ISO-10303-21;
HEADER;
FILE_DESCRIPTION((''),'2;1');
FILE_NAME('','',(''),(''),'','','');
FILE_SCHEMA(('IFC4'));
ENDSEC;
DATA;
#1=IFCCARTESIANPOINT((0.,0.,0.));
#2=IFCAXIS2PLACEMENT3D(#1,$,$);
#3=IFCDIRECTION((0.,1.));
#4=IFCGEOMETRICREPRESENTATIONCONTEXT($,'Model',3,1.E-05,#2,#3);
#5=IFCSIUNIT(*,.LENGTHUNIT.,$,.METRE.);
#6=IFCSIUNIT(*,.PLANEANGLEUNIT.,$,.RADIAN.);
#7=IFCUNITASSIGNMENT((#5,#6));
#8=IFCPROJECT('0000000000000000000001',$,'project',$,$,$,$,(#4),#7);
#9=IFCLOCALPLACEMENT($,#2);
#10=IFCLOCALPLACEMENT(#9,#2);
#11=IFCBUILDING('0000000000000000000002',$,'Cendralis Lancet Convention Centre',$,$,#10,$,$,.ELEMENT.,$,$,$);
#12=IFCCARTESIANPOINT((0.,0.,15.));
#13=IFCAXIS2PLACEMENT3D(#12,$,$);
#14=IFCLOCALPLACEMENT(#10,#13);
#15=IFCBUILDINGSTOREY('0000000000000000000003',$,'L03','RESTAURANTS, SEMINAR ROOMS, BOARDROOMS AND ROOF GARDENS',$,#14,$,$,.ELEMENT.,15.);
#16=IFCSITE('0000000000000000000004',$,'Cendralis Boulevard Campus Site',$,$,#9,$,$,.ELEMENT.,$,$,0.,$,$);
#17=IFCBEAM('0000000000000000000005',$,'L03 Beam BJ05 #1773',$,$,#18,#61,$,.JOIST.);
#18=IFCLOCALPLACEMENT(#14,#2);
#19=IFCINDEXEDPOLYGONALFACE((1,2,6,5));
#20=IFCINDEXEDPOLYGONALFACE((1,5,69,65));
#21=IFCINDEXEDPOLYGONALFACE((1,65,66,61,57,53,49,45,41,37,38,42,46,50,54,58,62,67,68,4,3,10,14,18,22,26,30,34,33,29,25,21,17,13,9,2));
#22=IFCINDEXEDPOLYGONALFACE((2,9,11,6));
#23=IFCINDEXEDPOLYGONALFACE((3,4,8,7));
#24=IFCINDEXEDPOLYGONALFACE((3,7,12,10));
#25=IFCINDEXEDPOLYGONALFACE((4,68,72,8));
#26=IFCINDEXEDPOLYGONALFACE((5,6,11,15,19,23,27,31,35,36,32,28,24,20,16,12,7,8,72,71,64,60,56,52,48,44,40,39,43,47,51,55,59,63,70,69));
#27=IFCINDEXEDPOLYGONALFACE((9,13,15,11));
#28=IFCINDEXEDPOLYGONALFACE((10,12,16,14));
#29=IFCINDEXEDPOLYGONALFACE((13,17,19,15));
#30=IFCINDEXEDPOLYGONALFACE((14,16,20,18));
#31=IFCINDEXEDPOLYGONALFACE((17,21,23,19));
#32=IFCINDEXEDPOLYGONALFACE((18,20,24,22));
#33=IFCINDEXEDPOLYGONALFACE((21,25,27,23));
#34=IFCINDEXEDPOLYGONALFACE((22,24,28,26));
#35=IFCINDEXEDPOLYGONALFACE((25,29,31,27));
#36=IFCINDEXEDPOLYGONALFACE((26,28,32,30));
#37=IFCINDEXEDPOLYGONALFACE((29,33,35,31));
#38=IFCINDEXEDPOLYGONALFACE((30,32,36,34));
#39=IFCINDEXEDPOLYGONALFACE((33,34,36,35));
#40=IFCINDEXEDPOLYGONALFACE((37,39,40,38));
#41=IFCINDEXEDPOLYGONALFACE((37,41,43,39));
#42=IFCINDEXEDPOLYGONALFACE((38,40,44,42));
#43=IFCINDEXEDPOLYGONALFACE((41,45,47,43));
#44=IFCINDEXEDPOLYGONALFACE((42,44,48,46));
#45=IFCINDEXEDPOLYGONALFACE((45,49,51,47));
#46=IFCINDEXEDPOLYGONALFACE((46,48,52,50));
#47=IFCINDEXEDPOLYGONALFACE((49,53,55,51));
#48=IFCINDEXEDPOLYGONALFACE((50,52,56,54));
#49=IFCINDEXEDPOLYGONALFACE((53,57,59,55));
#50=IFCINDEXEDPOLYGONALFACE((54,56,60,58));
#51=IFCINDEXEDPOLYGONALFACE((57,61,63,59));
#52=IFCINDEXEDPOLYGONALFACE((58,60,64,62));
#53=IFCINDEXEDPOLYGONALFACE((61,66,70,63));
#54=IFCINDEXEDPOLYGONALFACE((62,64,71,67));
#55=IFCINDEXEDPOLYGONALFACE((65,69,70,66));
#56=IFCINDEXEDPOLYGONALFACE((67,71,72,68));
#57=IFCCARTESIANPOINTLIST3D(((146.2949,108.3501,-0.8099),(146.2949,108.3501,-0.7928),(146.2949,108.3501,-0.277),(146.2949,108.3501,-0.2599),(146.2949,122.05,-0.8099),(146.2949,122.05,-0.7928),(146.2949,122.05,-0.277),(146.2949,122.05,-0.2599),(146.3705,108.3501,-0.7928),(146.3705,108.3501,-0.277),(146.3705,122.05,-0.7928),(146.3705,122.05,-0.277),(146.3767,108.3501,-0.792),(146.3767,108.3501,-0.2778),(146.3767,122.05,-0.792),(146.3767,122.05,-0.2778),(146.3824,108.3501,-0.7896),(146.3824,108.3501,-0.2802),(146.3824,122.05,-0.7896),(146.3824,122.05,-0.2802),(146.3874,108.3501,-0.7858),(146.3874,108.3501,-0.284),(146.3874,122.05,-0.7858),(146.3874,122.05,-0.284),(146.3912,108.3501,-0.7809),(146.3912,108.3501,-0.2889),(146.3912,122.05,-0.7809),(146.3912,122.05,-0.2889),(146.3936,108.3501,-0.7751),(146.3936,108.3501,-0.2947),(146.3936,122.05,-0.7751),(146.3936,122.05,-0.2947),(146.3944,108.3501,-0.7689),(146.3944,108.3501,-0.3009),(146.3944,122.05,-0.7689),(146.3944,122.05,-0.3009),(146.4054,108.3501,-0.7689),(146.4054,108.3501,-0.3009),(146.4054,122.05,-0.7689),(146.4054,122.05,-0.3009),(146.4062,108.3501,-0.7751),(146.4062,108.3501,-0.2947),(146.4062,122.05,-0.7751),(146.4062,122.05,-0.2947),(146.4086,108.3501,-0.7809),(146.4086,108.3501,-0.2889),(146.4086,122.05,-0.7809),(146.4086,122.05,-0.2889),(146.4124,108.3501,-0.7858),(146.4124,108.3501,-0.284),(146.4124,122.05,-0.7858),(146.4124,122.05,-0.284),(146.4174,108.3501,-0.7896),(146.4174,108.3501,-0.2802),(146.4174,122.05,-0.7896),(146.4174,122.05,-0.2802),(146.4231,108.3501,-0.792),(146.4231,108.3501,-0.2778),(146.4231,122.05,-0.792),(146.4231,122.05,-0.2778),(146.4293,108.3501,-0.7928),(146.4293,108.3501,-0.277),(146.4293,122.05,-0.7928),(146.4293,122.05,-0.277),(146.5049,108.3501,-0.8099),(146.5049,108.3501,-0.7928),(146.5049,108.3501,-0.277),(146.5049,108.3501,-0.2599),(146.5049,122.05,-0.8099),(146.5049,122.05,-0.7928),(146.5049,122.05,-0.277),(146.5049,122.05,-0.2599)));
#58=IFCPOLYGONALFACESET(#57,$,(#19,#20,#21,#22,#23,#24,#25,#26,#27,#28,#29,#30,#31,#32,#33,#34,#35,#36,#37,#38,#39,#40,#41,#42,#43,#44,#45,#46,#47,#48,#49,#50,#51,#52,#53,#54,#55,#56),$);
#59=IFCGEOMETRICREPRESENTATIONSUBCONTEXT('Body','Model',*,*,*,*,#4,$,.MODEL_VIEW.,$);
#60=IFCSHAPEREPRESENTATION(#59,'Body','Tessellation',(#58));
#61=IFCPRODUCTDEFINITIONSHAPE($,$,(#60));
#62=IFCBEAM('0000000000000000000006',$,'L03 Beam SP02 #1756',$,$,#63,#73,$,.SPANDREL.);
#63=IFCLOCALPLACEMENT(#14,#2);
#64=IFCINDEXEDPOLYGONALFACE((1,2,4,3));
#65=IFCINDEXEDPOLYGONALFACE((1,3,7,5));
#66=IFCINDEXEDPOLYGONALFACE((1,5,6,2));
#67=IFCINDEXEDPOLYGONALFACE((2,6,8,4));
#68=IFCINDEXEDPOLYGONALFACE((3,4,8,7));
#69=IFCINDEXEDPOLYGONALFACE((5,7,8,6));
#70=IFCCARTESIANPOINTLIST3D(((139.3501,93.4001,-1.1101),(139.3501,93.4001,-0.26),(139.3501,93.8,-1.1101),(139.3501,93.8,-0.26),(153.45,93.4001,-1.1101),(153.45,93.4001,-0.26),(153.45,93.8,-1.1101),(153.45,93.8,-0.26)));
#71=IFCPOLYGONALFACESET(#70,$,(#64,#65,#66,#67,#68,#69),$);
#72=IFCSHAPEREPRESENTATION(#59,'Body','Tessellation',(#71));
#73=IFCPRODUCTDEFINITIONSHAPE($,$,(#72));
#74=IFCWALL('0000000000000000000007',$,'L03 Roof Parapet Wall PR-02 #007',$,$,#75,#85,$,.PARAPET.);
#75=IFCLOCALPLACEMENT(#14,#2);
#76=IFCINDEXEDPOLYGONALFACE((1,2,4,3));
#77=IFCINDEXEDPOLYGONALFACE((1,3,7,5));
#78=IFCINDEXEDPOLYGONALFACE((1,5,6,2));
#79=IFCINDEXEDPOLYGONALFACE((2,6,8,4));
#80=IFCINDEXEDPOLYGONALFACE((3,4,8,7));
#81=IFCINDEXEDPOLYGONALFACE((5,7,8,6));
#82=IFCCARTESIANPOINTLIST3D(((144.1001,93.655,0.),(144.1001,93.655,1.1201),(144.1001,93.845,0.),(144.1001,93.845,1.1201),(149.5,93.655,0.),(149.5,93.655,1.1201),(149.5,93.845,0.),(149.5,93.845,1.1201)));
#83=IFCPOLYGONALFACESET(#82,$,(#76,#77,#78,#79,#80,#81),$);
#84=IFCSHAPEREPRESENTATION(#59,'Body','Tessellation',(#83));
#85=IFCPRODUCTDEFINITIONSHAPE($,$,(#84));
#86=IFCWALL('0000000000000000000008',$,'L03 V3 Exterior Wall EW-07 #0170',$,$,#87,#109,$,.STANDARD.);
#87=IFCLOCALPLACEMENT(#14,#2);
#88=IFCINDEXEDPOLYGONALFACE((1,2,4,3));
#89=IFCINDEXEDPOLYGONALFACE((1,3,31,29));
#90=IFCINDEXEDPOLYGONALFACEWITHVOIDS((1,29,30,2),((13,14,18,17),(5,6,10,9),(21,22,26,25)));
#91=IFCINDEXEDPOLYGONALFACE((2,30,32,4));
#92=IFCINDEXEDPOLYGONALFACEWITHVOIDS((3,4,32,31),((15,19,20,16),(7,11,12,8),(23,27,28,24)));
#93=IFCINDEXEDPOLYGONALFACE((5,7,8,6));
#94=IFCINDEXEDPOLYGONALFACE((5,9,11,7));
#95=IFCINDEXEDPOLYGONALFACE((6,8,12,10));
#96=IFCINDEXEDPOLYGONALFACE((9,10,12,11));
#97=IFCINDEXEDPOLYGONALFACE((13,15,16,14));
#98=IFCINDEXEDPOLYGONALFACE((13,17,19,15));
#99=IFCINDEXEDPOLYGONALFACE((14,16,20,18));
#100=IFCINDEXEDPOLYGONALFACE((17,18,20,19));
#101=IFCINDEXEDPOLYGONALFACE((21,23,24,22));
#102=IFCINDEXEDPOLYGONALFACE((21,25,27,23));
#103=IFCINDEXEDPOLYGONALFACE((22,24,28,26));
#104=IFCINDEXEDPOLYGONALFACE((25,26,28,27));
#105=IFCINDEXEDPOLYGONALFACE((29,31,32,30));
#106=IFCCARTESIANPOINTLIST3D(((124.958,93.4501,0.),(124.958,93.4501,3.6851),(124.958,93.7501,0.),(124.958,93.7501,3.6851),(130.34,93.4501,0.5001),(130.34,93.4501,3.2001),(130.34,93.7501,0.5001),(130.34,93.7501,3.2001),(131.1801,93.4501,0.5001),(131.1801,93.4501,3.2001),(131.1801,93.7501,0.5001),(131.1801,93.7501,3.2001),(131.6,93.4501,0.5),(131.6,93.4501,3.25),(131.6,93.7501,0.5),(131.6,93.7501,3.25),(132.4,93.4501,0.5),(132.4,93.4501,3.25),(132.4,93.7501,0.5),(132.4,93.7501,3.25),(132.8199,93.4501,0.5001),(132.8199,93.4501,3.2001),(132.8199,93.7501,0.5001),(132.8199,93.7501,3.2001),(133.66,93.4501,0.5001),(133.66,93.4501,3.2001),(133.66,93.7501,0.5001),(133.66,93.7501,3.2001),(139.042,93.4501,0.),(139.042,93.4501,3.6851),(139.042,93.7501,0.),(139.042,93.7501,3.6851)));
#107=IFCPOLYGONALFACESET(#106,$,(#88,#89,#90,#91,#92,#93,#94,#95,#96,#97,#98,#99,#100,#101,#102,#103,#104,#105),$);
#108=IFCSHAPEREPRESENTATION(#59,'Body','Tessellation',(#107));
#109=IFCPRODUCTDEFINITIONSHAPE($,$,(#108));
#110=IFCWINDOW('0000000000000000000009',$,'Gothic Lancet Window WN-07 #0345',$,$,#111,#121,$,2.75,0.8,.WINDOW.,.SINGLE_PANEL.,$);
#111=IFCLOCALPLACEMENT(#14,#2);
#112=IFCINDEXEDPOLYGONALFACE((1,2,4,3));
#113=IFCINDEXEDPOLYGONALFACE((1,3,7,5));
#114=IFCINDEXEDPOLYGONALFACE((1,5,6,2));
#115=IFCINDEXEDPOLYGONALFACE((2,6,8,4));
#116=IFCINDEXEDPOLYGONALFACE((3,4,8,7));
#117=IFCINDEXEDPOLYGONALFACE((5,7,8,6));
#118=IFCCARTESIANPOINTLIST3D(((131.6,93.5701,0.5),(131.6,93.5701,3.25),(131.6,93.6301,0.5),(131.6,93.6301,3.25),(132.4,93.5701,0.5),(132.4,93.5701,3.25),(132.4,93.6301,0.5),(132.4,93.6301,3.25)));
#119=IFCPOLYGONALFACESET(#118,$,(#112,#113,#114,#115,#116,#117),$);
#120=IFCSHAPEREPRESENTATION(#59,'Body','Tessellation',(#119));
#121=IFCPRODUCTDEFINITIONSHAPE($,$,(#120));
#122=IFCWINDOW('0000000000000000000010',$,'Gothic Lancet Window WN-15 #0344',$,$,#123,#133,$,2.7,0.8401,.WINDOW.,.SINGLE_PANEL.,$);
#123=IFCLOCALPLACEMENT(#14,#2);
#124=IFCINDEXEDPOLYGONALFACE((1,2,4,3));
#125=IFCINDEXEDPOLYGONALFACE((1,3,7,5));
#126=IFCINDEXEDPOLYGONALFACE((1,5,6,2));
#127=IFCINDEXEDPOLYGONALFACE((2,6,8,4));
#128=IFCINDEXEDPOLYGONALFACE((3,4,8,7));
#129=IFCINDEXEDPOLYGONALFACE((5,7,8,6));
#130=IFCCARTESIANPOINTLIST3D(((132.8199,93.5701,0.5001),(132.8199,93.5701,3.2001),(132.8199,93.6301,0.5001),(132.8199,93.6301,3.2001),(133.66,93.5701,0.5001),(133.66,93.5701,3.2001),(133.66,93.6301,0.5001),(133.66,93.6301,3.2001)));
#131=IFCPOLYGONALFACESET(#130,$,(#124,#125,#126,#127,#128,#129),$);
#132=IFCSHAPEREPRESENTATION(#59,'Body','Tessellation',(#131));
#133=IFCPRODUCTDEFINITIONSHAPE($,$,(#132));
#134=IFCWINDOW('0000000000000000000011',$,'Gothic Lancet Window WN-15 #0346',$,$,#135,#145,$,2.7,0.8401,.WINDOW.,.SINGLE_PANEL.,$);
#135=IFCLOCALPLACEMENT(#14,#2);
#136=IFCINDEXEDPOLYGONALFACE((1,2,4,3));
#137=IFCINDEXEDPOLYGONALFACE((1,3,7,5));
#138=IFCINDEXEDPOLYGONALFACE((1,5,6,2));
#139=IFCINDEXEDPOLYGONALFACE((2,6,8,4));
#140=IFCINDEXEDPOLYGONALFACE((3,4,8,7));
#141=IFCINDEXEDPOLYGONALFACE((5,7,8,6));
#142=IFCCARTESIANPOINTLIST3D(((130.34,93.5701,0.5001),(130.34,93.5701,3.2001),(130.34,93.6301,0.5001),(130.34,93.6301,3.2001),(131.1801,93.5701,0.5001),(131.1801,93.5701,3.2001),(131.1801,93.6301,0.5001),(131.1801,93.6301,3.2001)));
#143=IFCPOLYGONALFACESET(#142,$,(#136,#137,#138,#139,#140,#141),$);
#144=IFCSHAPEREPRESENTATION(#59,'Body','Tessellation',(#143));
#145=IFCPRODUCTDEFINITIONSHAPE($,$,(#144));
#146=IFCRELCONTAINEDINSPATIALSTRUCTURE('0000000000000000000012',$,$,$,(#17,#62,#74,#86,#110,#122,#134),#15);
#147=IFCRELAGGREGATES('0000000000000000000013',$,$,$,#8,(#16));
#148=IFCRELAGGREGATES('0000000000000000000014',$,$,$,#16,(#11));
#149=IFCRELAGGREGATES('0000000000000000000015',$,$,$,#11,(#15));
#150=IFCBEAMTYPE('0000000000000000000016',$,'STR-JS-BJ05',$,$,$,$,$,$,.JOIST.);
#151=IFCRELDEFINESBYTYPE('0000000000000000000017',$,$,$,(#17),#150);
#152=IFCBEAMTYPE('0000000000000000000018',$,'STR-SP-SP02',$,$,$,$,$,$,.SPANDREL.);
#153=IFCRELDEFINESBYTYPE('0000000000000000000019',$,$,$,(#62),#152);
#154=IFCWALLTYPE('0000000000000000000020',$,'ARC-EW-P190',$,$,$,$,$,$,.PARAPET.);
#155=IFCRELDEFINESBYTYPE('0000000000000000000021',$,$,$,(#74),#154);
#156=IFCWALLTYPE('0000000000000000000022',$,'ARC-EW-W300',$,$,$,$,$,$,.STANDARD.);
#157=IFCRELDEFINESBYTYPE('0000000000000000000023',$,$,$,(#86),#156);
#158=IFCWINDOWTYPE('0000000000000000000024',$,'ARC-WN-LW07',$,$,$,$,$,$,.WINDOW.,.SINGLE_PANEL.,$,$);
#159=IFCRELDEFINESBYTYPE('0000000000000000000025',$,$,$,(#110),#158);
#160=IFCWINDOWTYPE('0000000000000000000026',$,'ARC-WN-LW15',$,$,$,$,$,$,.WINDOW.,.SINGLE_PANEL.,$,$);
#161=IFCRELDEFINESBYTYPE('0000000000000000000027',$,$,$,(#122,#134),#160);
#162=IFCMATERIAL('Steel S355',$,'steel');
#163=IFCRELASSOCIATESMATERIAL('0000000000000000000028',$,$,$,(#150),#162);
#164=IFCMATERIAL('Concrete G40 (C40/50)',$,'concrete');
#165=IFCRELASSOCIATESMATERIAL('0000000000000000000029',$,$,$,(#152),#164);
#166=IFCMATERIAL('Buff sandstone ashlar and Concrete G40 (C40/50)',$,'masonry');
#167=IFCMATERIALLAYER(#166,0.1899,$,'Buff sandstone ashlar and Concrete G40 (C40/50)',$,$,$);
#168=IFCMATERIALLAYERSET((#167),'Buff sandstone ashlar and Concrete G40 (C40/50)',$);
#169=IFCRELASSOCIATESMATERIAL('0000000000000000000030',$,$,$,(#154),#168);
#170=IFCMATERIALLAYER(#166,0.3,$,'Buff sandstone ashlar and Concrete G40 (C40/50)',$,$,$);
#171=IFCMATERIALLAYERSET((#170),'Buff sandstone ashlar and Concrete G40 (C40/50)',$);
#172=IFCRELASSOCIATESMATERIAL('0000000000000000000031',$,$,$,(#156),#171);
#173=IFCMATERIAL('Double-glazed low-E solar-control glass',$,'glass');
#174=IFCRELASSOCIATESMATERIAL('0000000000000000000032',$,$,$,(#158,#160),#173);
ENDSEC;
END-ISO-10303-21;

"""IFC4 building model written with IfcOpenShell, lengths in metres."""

from ifc_helpers import new_model, si_unit, direction, frame, frame_2d, origin, origin_2d, place, context, subcontext, project, spatial, rectangle, i_section, extrude, material, layer, layer_set, material_profile, profile_set, type_object, element, fill, save


model = new_model("IFC4")

# Units and contexts
model_context = context("Model", 3, precision=1e-05, world=origin(), true_north=direction((0.0, 1.0)))
body_context = subcontext(model_context, "Body", "Model", "MODEL_VIEW")
ifc_project = project(units=[si_unit("LENGTHUNIT", "METRE"), si_unit("PLANEANGLEUNIT", "RADIAN")], contexts=[model_context])

# Site, building, storey
site_placement = place(None, origin())
site = spatial("IfcSite", under=ifc_project, at=site_placement, Name="Cendralis Boulevard Campus Site", CompositionType="ELEMENT", RefElevation=0.0)
building_placement = place(site_placement, origin())
building = spatial("IfcBuilding", under=site, at=building_placement, Name="Cendralis Lancet Convention Centre", CompositionType="ELEMENT")
storey_placement = place(building_placement, frame((0.0, 0.0, 15.0)))
storey = spatial("IfcBuildingStorey", under=building, at=storey_placement, Name="L03", Description="RESTAURANTS, SEMINAR ROOMS, BOARDROOMS AND ROOF GARDENS", CompositionType="ELEMENT", Elevation=15.0)

# Shared definitions
ifc_material_1 = material(Name="Steel S355", Category="steel")

# Beams
ifc_material_2 = material(Name="Concrete G40 (C40/50)", Category="concrete")
ifc_material_profile_1 = material_profile(ifc_material_1, i_section(OverallWidth=0.21, OverallDepth=0.55, WebThickness=0.011, FlangeThickness=0.0171, FilletRadius=0.0239, at=origin_2d()), Name="IPE 550")
ifc_profile_set_1 = profile_set([ifc_material_profile_1], Name="Steel S355")
beam_type_1 = type_object("IfcBeamType", Name="STR-JS-BJ05", PredefinedType="JOIST", material=ifc_profile_set_1)
beam_1_placement = place(storey_placement, frame((146.3999, 108.3501, -0.5349), z_axis=(0.0, 1.0, 0.0), x_axis=(-1.0, 0.0, 0.0)))
element("IfcBeam", 1, at=beam_1_placement, inside=storey, type_object=beam_type_1, Name="L03 Beam BJ05 #1773", PredefinedType="JOIST", context=body_context, shape_type="SweptSolid", body=[
    extrude(i_section(OverallWidth=0.21, OverallDepth=0.55, WebThickness=0.011, FlangeThickness=0.0171, FilletRadius=0.0239, at=origin_2d()), origin(), (0.0, 0.0, 1.0), 13.7),
])
ifc_material_profile_2 = material_profile(ifc_material_2, rectangle(XDim=0.3999, YDim=0.8501, at=origin_2d()), Name="RCB 400x850")
ifc_profile_set_2 = profile_set([ifc_material_profile_2], Name="Concrete G40 (C40/50)")
beam_type_2 = type_object("IfcBeamType", Name="STR-SP-SP02", PredefinedType="SPANDREL", material=ifc_profile_set_2)
beam_2_placement = place(storey_placement, frame((139.3501, 93.6001, -0.6851), z_axis=(1.0, 0.0, 0.0), x_axis=(0.0, 1.0, 0.0)))
element("IfcBeam", 2, at=beam_2_placement, inside=storey, type_object=beam_type_2, Name="L03 Beam SP02 #1756", PredefinedType="SPANDREL", context=body_context, shape_type="SweptSolid", body=[
    extrude(rectangle(XDim=0.3999, YDim=0.8501, at=origin_2d()), origin(), (0.0, 0.0, 1.0), 14.0999),
])

# Wall
ifc_material_3 = material(Name="Buff sandstone ashlar and Concrete G40 (C40/50)", Category="masonry")
ifc_layer_1 = layer(ifc_material_3, 0.1899, Name="Buff sandstone ashlar and Concrete G40 (C40/50)")
ifc_layer_set_1 = layer_set([ifc_layer_1], Name="Buff sandstone ashlar and Concrete G40 (C40/50)")
wall_type_1 = type_object("IfcWallType", Name="ARC-EW-P190", PredefinedType="PARAPET", material=ifc_layer_set_1)
wall_1_placement = place(storey_placement, frame((144.1001, 93.75, 0.0), z_axis=(0.0, 0.0, 1.0), x_axis=(1.0, 0.0, 0.0)))
element("IfcWall", 3, at=wall_1_placement, inside=storey, type_object=wall_type_1, Name="L03 Roof Parapet Wall PR-02 #007", PredefinedType="PARAPET", context=body_context, shape_type="SweptSolid", body=[
    extrude(rectangle(XDim=5.3999, YDim=0.1899, at=frame_2d((2.7, 0.0))), origin(), (0.0, 0.0, 1.0), 1.1201),
])

# Wall, openings, windows
ifc_layer_2 = layer(ifc_material_3, 0.3, Name="Buff sandstone ashlar and Concrete G40 (C40/50)")
ifc_layer_set_2 = layer_set([ifc_layer_2], Name="Buff sandstone ashlar and Concrete G40 (C40/50)")
wall_type_2 = type_object("IfcWallType", Name="ARC-EW-W300", PredefinedType="STANDARD", material=ifc_layer_set_2)
wall_2_placement = place(storey_placement, frame((139.042, 93.6001, 0.0), z_axis=(0.0, 0.0, 1.0), x_axis=(-1.0, 0.0, 0.0)))
wall_2 = element("IfcWall", 4, at=wall_2_placement, inside=storey, type_object=wall_type_2, Name="L03 V3 Exterior Wall EW-07 #0170", PredefinedType="STANDARD", context=body_context, shape_type="SweptSolid", body=[
    extrude(rectangle(XDim=14.084, YDim=0.3, at=frame_2d((7.042, 0.0))), origin(), (0.0, 0.0, 1.0), 3.6851),
])
opening_1_placement = place(wall_2_placement, frame((5.3821, 0.0, 0.5)))
opening_1 = element("IfcOpeningElement", 5, at=opening_1_placement, cuts=wall_2, PredefinedType="OPENING", context=body_context, shape_type="SweptSolid", body=[
    extrude(rectangle(XDim=0.8401, YDim=2.7, at=frame_2d((0.4199, 1.3501))), frame((0.0, 0.1599, 0.0), z_axis=(0.0, -1.0, 0.0), x_axis=(1.0, 0.0, 0.0)), (0.0, 0.0, 1.0), 0.3201),
])
opening_2_placement = place(wall_2_placement, frame((6.6421, 0.0, 0.5)))
opening_2 = element("IfcOpeningElement", 6, at=opening_2_placement, cuts=wall_2, PredefinedType="OPENING", context=body_context, shape_type="SweptSolid", body=[
    extrude(rectangle(XDim=0.8, YDim=2.75, at=frame_2d((0.3999, 1.375))), frame((0.0, 0.1599, 0.0), z_axis=(0.0, -1.0, 0.0), x_axis=(1.0, 0.0, 0.0)), (0.0, 0.0, 1.0), 0.3201),
])
opening_3_placement = place(wall_2_placement, frame((7.8621, 0.0, 0.5)))
opening_3 = element("IfcOpeningElement", 7, at=opening_3_placement, cuts=wall_2, PredefinedType="OPENING", context=body_context, shape_type="SweptSolid", body=[
    extrude(rectangle(XDim=0.8401, YDim=2.7, at=frame_2d((0.4199, 1.3501))), frame((0.0, 0.1599, 0.0), z_axis=(0.0, -1.0, 0.0), x_axis=(1.0, 0.0, 0.0)), (0.0, 0.0, 1.0), 0.3201),
])
ifc_material_4 = material(Name="Double-glazed low-E solar-control glass", Category="glass")
window_type_1 = type_object("IfcWindowType", Name="ARC-WN-LW07", PartitioningType="SINGLE_PANEL", PredefinedType="WINDOW", material=ifc_material_4)
window_1_placement = place(opening_2_placement, origin())
window_1 = element("IfcWindow", 8, at=window_1_placement, inside=storey, type_object=window_type_1, Name="Gothic Lancet Window WN-07 #0345", OverallHeight=2.75, OverallWidth=0.8, PartitioningType="SINGLE_PANEL", PredefinedType="WINDOW", context=body_context, shape_type="SweptSolid", body=[
    extrude(rectangle(XDim=0.8, YDim=2.75, at=frame_2d((0.3999, 1.375))), frame((0.0, 0.03, 0.0), z_axis=(0.0, -1.0, 0.0), x_axis=(1.0, 0.0, 0.0)), (0.0, 0.0, 1.0), 0.0601),
])
fill(opening_2, window_1)
window_type_2 = type_object("IfcWindowType", Name="ARC-WN-LW15", PartitioningType="SINGLE_PANEL", PredefinedType="WINDOW", material=ifc_material_4)
window_2_placement = place(opening_1_placement, origin())
window_2 = element("IfcWindow", 9, at=window_2_placement, inside=storey, type_object=window_type_2, Name="Gothic Lancet Window WN-15 #0344", OverallHeight=2.7, OverallWidth=0.8401, PartitioningType="SINGLE_PANEL", PredefinedType="WINDOW", context=body_context, shape_type="SweptSolid", body=[
    extrude(rectangle(XDim=0.8401, YDim=2.7, at=frame_2d((0.4199, 1.3501))), frame((0.0, 0.03, 0.0), z_axis=(0.0, -1.0, 0.0), x_axis=(1.0, 0.0, 0.0)), (0.0, 0.0, 1.0), 0.0601),
])
fill(opening_1, window_2)
window_3_placement = place(opening_3_placement, origin())
window_3 = element("IfcWindow", 10, at=window_3_placement, inside=storey, type_object=window_type_2, Name="Gothic Lancet Window WN-15 #0346", OverallHeight=2.7, OverallWidth=0.8401, PartitioningType="SINGLE_PANEL", PredefinedType="WINDOW", context=body_context, shape_type="SweptSolid", body=[
    extrude(rectangle(XDim=0.8401, YDim=2.7, at=frame_2d((0.4199, 1.3501))), frame((0.0, 0.03, 0.0), z_axis=(0.0, -1.0, 0.0), x_axis=(1.0, 0.0, 0.0)), (0.0, 0.0, 1.0), 0.0601),
])
fill(opening_3, window_3)

save(model, "model.ifc")
